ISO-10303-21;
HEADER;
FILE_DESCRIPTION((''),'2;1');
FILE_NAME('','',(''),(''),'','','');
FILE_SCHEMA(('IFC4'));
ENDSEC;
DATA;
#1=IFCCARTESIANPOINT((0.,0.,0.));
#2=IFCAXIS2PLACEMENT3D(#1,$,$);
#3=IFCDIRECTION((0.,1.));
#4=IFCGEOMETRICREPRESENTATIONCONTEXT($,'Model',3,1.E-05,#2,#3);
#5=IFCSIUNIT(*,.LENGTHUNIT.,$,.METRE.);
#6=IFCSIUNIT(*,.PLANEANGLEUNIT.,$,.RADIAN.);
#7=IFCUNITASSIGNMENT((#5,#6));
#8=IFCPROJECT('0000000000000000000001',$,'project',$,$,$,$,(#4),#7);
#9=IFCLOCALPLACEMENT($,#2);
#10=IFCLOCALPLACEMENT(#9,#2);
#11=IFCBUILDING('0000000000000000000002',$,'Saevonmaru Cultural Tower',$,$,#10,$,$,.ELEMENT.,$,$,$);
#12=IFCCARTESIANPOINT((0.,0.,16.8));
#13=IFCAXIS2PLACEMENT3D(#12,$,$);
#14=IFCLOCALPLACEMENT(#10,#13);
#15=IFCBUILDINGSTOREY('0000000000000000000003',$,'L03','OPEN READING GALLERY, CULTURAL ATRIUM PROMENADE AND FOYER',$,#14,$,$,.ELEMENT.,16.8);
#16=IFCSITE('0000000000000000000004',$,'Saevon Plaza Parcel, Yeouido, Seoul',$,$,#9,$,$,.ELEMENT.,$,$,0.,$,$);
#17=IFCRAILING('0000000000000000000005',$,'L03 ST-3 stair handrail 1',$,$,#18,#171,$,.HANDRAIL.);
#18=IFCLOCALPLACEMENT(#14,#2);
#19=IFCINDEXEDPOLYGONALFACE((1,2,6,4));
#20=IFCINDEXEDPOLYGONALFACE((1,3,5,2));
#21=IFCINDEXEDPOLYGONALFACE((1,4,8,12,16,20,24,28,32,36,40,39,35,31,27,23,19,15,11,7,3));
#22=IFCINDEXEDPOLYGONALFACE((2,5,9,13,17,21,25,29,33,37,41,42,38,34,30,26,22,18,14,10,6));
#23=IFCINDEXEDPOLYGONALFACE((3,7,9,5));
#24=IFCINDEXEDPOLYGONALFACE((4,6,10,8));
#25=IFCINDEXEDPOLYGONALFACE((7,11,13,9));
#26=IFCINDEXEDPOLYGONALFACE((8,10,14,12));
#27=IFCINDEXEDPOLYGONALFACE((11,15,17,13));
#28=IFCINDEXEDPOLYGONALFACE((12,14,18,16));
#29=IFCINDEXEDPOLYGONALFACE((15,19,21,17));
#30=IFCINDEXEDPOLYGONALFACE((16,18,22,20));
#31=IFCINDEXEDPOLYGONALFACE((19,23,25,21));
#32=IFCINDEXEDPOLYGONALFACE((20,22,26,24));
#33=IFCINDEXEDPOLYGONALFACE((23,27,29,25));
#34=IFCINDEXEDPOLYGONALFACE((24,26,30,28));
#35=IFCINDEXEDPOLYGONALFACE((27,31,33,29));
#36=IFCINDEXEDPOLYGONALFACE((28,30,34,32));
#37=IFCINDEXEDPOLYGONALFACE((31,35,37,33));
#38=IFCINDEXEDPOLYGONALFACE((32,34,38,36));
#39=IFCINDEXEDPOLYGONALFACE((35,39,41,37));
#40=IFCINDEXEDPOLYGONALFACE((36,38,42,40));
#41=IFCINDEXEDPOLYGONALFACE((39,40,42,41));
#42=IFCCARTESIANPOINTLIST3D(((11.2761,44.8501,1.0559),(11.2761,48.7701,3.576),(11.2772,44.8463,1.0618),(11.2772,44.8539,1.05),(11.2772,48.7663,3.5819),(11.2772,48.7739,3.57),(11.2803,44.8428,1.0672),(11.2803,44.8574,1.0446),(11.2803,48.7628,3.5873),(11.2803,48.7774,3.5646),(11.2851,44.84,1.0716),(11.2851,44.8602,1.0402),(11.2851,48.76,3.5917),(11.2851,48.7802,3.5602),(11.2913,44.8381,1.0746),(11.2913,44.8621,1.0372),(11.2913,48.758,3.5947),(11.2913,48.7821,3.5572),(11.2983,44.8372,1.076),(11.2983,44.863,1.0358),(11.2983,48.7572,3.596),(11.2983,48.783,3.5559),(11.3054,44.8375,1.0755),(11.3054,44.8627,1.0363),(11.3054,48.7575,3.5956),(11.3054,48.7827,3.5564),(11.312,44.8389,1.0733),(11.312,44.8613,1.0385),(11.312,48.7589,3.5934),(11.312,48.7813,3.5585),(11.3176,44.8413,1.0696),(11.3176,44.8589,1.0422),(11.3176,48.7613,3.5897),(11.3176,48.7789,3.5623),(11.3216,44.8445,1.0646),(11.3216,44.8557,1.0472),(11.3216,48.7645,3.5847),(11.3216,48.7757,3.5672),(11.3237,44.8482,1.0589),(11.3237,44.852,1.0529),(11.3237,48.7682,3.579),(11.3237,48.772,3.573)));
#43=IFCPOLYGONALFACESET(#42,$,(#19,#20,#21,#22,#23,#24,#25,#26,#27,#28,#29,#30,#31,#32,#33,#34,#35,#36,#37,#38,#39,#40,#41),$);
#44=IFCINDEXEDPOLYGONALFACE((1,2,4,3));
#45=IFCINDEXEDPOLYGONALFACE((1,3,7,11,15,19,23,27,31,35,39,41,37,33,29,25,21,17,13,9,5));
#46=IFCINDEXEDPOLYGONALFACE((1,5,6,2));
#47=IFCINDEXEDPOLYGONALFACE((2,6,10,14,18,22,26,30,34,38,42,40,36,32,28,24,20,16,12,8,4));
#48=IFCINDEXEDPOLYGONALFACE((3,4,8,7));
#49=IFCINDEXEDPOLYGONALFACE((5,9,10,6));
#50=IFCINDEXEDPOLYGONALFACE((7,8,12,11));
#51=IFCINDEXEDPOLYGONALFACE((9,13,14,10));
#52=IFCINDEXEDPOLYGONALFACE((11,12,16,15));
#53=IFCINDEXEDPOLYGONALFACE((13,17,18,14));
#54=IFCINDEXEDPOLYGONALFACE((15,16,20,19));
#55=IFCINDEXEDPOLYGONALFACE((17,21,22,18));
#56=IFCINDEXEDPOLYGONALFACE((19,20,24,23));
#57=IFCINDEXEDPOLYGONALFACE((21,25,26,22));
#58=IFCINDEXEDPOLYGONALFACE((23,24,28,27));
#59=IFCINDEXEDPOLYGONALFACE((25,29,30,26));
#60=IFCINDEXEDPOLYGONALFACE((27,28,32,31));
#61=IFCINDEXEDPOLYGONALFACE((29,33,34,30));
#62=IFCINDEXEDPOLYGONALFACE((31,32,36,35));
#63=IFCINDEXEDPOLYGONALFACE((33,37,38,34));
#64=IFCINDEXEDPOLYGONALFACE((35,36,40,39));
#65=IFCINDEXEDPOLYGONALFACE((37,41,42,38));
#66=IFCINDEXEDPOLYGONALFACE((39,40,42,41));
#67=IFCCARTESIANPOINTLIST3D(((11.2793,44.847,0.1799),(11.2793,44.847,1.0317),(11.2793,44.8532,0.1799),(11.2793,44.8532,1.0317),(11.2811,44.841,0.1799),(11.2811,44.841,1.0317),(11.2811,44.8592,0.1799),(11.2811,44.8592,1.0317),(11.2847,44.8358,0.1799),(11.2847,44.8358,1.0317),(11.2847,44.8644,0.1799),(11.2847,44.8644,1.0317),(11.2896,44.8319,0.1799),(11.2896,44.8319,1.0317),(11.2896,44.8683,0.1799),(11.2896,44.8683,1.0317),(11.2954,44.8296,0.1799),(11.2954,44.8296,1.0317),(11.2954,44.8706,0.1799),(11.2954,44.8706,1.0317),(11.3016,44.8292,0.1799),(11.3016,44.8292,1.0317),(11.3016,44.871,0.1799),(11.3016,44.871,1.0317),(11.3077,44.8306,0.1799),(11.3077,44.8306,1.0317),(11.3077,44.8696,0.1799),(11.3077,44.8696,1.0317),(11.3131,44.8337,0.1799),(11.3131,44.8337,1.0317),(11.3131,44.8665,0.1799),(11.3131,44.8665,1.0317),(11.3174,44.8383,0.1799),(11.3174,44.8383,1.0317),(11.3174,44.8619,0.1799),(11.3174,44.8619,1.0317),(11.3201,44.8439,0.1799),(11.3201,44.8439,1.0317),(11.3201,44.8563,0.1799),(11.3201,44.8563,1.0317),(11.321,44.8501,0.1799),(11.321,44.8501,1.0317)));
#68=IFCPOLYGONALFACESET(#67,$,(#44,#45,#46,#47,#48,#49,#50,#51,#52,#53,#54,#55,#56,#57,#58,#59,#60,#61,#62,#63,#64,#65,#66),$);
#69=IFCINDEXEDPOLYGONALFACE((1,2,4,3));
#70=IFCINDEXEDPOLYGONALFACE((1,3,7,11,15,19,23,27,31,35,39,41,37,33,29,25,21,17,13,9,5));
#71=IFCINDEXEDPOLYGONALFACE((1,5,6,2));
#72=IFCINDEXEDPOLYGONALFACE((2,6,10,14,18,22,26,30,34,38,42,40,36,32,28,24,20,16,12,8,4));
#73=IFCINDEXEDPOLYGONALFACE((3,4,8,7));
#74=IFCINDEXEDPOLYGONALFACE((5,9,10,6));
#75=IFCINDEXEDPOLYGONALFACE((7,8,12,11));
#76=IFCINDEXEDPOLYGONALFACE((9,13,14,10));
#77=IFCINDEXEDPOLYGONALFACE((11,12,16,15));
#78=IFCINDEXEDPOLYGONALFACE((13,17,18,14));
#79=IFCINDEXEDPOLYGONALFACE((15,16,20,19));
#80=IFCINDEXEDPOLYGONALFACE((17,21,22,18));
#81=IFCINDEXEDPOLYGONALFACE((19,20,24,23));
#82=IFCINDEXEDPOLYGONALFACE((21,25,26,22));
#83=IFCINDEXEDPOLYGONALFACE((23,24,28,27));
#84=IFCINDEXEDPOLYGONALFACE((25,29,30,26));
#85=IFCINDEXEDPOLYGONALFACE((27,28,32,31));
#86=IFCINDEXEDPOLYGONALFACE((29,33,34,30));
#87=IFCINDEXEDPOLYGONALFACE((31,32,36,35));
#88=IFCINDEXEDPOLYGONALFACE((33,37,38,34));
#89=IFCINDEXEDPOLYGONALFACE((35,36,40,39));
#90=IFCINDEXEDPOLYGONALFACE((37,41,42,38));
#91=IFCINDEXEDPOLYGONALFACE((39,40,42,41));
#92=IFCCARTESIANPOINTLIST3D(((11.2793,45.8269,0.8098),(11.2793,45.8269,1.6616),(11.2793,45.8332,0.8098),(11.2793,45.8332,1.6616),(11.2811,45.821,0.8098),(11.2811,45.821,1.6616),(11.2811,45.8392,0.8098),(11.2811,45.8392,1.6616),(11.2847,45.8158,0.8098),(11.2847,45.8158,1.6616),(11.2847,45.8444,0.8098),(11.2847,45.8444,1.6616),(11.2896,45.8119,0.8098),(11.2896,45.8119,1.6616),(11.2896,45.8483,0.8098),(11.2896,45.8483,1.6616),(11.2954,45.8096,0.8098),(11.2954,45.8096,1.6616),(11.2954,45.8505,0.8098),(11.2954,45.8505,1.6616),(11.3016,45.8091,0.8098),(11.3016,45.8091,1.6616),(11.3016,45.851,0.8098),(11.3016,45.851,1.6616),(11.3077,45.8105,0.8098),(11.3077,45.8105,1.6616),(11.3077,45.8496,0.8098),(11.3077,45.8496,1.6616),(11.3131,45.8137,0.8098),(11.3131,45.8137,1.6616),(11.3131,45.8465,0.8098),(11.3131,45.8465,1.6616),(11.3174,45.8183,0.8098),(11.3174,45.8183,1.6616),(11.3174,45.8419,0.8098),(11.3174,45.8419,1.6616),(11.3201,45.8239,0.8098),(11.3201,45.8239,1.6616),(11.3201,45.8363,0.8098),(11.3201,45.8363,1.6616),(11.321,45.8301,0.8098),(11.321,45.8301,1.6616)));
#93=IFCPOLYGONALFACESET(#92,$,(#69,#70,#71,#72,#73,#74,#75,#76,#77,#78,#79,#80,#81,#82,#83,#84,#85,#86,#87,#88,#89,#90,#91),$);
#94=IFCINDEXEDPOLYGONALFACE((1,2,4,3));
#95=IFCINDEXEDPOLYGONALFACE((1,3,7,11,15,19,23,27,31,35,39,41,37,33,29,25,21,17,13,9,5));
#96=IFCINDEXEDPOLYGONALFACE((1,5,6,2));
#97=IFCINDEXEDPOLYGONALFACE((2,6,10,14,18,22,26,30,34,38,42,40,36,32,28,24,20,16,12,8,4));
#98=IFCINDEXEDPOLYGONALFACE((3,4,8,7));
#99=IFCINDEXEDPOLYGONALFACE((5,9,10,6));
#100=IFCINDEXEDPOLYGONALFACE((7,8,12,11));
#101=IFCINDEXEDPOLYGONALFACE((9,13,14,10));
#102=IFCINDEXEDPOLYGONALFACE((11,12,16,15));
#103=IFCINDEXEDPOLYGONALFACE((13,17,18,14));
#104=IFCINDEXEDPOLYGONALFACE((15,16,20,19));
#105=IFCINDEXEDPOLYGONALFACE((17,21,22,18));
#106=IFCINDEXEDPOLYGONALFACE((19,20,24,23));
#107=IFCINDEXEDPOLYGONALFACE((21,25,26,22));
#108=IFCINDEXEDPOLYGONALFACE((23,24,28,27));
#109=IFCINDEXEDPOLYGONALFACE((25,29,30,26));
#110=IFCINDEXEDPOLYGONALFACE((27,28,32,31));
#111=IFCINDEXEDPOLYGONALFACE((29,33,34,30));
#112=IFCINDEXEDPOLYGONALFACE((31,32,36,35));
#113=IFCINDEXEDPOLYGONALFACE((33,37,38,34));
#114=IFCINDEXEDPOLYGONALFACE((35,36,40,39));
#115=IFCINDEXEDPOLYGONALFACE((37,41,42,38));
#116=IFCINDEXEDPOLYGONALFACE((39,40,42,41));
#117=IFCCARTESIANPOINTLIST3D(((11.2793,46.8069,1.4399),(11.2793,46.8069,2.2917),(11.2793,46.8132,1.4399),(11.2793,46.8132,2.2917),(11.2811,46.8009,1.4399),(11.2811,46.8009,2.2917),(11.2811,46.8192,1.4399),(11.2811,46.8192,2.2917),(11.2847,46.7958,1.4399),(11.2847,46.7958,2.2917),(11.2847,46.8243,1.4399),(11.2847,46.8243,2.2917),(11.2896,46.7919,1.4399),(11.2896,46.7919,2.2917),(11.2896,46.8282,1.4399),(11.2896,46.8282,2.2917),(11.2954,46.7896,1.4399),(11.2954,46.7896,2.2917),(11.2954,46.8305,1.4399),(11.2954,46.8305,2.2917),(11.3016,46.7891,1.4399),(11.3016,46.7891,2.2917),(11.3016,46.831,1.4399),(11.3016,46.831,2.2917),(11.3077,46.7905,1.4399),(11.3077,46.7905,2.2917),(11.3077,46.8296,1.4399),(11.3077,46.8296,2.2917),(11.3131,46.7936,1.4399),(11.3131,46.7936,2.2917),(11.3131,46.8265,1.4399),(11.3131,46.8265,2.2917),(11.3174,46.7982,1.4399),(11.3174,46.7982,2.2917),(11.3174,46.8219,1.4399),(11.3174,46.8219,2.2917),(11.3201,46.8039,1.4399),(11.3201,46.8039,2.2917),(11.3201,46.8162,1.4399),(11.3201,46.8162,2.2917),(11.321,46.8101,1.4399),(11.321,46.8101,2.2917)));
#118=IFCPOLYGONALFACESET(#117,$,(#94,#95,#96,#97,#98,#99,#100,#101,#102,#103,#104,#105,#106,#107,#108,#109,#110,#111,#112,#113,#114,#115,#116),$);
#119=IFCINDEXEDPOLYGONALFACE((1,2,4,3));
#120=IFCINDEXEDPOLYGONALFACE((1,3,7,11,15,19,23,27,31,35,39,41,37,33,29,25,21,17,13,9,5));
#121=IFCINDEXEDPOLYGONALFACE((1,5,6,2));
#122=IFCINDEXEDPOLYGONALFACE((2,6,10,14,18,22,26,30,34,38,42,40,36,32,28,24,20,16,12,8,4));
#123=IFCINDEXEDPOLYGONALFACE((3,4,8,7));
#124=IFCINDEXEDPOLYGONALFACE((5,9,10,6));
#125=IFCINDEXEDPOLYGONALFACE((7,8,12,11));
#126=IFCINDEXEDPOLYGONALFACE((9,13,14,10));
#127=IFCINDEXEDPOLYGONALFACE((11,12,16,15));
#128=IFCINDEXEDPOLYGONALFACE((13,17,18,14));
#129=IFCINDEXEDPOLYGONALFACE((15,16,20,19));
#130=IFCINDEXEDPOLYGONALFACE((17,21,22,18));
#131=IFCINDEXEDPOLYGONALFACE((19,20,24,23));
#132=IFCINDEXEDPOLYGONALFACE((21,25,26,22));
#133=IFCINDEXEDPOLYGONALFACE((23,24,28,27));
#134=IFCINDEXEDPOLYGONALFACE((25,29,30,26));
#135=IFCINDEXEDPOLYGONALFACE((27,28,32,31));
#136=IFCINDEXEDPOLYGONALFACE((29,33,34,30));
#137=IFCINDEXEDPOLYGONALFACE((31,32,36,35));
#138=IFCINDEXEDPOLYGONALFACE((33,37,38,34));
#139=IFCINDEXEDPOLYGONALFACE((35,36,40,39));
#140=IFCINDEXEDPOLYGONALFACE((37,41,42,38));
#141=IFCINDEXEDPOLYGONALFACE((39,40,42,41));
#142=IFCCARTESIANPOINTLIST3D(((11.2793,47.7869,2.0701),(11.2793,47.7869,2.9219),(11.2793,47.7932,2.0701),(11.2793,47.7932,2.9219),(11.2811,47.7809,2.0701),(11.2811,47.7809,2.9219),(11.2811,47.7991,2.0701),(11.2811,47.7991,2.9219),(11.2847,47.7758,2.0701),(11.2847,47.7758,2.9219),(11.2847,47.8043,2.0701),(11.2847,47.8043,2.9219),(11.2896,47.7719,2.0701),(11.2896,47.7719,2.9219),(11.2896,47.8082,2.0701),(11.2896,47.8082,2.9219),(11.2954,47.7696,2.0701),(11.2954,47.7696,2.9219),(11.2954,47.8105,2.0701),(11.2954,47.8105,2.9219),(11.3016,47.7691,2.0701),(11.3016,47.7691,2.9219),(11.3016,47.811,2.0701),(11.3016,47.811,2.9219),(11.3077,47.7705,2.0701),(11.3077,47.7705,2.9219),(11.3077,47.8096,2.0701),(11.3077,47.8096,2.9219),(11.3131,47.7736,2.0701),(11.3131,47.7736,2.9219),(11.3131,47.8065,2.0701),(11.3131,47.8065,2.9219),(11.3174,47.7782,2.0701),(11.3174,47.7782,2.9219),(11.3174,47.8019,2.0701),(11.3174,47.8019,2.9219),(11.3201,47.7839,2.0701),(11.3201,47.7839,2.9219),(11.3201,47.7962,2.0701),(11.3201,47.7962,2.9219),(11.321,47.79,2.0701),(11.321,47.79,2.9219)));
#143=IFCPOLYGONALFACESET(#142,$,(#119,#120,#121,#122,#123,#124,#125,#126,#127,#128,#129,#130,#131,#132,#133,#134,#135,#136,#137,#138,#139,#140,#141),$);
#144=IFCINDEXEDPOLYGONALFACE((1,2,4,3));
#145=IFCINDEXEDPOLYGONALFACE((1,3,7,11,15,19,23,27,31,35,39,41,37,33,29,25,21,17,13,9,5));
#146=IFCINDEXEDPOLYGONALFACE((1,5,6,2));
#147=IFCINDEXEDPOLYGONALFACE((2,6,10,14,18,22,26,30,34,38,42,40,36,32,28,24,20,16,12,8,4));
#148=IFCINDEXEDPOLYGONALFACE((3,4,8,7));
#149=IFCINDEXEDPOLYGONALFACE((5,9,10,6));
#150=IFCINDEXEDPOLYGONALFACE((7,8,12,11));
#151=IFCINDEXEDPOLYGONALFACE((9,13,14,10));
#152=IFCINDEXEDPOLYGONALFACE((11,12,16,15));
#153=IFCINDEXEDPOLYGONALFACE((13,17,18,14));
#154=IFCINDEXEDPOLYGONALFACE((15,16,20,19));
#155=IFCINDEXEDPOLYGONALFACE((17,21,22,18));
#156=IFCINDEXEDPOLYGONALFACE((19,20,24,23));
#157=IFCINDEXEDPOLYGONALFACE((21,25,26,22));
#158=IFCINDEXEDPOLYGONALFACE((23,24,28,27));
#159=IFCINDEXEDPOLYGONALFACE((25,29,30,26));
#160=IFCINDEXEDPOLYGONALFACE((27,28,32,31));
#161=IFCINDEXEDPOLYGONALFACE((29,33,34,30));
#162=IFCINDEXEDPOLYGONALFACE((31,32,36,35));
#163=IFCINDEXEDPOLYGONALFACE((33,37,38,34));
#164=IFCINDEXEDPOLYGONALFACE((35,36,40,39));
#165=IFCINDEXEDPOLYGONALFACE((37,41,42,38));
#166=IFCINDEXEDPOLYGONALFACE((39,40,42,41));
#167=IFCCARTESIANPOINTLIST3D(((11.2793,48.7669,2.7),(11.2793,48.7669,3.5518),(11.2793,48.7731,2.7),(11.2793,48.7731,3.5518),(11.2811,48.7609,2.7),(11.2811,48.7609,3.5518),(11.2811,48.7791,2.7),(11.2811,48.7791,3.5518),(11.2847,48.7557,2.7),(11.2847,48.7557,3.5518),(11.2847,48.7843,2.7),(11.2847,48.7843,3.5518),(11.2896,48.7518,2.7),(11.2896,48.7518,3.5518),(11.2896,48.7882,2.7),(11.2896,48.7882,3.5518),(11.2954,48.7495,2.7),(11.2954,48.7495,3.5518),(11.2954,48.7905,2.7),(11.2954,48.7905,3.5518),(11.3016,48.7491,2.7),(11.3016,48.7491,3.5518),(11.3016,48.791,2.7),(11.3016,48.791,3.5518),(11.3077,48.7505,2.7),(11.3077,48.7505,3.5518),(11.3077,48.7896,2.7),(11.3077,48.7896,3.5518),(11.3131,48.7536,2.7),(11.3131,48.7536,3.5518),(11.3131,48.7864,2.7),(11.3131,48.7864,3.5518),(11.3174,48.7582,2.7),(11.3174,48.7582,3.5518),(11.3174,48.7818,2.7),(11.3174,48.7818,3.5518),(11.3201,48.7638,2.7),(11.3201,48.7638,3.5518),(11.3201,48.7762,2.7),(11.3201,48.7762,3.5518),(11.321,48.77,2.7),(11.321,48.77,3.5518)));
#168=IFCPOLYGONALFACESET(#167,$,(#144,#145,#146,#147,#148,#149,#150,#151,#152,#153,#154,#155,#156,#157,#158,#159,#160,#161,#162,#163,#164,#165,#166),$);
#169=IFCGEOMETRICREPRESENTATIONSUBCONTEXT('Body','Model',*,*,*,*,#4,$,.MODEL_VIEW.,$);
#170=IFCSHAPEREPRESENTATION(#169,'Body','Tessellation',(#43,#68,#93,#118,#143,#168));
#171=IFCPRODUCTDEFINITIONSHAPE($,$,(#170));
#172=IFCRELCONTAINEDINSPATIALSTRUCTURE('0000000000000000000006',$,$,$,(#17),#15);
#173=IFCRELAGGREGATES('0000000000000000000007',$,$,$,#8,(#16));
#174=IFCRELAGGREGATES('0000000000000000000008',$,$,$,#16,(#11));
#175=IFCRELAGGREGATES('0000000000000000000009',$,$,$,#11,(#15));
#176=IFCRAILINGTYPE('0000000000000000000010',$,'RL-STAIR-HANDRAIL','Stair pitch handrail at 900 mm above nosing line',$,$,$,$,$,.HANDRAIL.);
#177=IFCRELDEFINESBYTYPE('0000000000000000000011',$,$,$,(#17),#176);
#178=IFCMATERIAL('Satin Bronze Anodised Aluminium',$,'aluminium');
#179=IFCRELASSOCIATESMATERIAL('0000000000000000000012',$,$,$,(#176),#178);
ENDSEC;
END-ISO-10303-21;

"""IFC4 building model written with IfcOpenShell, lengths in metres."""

from ifc_helpers import new_model, si_unit, direction, frame, origin, origin_2d, place, context, subcontext, project, spatial, circle, extrude, material, type_object, element, save


model = new_model("IFC4")

# Units and contexts
model_context = context("Model", 3, precision=1e-05, world=origin(), true_north=direction((0.0, 1.0)))
body_context = subcontext(model_context, "Body", "Model", "MODEL_VIEW")
ifc_project = project(units=[si_unit("LENGTHUNIT", "METRE"), si_unit("PLANEANGLEUNIT", "RADIAN")], contexts=[model_context])

# Site, building, storey
site_placement = place(None, origin())
site = spatial("IfcSite", under=ifc_project, at=site_placement, Name="Saevon Plaza Parcel, Yeouido, Seoul", CompositionType="ELEMENT", RefElevation=0.0)
building_placement = place(site_placement, origin())
building = spatial("IfcBuilding", under=site, at=building_placement, Name="Saevonmaru Cultural Tower", CompositionType="ELEMENT")
storey_placement = place(building_placement, frame((0.0, 0.0, 16.8)))
storey = spatial("IfcBuildingStorey", under=building, at=storey_placement, Name="L03", Description="OPEN READING GALLERY, CULTURAL ATRIUM PROMENADE AND FOYER", CompositionType="ELEMENT", Elevation=16.8)

# Shared definitions
ifc_material_1 = material(Name="Satin Bronze Anodised Aluminium", Category="aluminium")

# Railing
railing_type_1 = type_object("IfcRailingType", Name="RL-STAIR-HANDRAIL", Description="Stair pitch handrail at 900 mm above nosing line", PredefinedType="HANDRAIL", material=ifc_material_1)
railing_1_placement = place(storey_placement, frame((11.3, 44.8501, 0.1799)))
element("IfcRailing", 1, at=railing_1_placement, inside=storey, type_object=railing_type_1, Name="L03 ST-3 stair handrail 1", PredefinedType="HANDRAIL", context=body_context, shape_type="SweptSolid", body=[
    extrude(circle(Radius=0.0239, at=origin_2d()), frame((0.0, 0.0, 0.876), z_axis=(0.0, 0.841172, 0.540768), x_axis=(-1.0, 0.0, 0.0)), (0.0, 0.0, 1.0), 4.6602),
    extrude(circle(Radius=0.021, at=origin_2d()), origin(), (0.0, 0.0, 1.0), 0.8518),
    extrude(circle(Radius=0.021, at=origin_2d()), frame((0.0, 0.98, 0.6299)), (0.0, 0.0, 1.0), 0.8518),
    extrude(circle(Radius=0.021, at=origin_2d()), frame((0.0, 1.96, 1.26)), (0.0, 0.0, 1.0), 0.8518),
    extrude(circle(Radius=0.021, at=origin_2d()), frame((0.0, 2.9399, 1.8901)), (0.0, 0.0, 1.0), 0.8518),
    extrude(circle(Radius=0.021, at=origin_2d()), frame((0.0, 3.9199, 2.52)), (0.0, 0.0, 1.0), 0.8518),
])

save(model, "model.ifc")
